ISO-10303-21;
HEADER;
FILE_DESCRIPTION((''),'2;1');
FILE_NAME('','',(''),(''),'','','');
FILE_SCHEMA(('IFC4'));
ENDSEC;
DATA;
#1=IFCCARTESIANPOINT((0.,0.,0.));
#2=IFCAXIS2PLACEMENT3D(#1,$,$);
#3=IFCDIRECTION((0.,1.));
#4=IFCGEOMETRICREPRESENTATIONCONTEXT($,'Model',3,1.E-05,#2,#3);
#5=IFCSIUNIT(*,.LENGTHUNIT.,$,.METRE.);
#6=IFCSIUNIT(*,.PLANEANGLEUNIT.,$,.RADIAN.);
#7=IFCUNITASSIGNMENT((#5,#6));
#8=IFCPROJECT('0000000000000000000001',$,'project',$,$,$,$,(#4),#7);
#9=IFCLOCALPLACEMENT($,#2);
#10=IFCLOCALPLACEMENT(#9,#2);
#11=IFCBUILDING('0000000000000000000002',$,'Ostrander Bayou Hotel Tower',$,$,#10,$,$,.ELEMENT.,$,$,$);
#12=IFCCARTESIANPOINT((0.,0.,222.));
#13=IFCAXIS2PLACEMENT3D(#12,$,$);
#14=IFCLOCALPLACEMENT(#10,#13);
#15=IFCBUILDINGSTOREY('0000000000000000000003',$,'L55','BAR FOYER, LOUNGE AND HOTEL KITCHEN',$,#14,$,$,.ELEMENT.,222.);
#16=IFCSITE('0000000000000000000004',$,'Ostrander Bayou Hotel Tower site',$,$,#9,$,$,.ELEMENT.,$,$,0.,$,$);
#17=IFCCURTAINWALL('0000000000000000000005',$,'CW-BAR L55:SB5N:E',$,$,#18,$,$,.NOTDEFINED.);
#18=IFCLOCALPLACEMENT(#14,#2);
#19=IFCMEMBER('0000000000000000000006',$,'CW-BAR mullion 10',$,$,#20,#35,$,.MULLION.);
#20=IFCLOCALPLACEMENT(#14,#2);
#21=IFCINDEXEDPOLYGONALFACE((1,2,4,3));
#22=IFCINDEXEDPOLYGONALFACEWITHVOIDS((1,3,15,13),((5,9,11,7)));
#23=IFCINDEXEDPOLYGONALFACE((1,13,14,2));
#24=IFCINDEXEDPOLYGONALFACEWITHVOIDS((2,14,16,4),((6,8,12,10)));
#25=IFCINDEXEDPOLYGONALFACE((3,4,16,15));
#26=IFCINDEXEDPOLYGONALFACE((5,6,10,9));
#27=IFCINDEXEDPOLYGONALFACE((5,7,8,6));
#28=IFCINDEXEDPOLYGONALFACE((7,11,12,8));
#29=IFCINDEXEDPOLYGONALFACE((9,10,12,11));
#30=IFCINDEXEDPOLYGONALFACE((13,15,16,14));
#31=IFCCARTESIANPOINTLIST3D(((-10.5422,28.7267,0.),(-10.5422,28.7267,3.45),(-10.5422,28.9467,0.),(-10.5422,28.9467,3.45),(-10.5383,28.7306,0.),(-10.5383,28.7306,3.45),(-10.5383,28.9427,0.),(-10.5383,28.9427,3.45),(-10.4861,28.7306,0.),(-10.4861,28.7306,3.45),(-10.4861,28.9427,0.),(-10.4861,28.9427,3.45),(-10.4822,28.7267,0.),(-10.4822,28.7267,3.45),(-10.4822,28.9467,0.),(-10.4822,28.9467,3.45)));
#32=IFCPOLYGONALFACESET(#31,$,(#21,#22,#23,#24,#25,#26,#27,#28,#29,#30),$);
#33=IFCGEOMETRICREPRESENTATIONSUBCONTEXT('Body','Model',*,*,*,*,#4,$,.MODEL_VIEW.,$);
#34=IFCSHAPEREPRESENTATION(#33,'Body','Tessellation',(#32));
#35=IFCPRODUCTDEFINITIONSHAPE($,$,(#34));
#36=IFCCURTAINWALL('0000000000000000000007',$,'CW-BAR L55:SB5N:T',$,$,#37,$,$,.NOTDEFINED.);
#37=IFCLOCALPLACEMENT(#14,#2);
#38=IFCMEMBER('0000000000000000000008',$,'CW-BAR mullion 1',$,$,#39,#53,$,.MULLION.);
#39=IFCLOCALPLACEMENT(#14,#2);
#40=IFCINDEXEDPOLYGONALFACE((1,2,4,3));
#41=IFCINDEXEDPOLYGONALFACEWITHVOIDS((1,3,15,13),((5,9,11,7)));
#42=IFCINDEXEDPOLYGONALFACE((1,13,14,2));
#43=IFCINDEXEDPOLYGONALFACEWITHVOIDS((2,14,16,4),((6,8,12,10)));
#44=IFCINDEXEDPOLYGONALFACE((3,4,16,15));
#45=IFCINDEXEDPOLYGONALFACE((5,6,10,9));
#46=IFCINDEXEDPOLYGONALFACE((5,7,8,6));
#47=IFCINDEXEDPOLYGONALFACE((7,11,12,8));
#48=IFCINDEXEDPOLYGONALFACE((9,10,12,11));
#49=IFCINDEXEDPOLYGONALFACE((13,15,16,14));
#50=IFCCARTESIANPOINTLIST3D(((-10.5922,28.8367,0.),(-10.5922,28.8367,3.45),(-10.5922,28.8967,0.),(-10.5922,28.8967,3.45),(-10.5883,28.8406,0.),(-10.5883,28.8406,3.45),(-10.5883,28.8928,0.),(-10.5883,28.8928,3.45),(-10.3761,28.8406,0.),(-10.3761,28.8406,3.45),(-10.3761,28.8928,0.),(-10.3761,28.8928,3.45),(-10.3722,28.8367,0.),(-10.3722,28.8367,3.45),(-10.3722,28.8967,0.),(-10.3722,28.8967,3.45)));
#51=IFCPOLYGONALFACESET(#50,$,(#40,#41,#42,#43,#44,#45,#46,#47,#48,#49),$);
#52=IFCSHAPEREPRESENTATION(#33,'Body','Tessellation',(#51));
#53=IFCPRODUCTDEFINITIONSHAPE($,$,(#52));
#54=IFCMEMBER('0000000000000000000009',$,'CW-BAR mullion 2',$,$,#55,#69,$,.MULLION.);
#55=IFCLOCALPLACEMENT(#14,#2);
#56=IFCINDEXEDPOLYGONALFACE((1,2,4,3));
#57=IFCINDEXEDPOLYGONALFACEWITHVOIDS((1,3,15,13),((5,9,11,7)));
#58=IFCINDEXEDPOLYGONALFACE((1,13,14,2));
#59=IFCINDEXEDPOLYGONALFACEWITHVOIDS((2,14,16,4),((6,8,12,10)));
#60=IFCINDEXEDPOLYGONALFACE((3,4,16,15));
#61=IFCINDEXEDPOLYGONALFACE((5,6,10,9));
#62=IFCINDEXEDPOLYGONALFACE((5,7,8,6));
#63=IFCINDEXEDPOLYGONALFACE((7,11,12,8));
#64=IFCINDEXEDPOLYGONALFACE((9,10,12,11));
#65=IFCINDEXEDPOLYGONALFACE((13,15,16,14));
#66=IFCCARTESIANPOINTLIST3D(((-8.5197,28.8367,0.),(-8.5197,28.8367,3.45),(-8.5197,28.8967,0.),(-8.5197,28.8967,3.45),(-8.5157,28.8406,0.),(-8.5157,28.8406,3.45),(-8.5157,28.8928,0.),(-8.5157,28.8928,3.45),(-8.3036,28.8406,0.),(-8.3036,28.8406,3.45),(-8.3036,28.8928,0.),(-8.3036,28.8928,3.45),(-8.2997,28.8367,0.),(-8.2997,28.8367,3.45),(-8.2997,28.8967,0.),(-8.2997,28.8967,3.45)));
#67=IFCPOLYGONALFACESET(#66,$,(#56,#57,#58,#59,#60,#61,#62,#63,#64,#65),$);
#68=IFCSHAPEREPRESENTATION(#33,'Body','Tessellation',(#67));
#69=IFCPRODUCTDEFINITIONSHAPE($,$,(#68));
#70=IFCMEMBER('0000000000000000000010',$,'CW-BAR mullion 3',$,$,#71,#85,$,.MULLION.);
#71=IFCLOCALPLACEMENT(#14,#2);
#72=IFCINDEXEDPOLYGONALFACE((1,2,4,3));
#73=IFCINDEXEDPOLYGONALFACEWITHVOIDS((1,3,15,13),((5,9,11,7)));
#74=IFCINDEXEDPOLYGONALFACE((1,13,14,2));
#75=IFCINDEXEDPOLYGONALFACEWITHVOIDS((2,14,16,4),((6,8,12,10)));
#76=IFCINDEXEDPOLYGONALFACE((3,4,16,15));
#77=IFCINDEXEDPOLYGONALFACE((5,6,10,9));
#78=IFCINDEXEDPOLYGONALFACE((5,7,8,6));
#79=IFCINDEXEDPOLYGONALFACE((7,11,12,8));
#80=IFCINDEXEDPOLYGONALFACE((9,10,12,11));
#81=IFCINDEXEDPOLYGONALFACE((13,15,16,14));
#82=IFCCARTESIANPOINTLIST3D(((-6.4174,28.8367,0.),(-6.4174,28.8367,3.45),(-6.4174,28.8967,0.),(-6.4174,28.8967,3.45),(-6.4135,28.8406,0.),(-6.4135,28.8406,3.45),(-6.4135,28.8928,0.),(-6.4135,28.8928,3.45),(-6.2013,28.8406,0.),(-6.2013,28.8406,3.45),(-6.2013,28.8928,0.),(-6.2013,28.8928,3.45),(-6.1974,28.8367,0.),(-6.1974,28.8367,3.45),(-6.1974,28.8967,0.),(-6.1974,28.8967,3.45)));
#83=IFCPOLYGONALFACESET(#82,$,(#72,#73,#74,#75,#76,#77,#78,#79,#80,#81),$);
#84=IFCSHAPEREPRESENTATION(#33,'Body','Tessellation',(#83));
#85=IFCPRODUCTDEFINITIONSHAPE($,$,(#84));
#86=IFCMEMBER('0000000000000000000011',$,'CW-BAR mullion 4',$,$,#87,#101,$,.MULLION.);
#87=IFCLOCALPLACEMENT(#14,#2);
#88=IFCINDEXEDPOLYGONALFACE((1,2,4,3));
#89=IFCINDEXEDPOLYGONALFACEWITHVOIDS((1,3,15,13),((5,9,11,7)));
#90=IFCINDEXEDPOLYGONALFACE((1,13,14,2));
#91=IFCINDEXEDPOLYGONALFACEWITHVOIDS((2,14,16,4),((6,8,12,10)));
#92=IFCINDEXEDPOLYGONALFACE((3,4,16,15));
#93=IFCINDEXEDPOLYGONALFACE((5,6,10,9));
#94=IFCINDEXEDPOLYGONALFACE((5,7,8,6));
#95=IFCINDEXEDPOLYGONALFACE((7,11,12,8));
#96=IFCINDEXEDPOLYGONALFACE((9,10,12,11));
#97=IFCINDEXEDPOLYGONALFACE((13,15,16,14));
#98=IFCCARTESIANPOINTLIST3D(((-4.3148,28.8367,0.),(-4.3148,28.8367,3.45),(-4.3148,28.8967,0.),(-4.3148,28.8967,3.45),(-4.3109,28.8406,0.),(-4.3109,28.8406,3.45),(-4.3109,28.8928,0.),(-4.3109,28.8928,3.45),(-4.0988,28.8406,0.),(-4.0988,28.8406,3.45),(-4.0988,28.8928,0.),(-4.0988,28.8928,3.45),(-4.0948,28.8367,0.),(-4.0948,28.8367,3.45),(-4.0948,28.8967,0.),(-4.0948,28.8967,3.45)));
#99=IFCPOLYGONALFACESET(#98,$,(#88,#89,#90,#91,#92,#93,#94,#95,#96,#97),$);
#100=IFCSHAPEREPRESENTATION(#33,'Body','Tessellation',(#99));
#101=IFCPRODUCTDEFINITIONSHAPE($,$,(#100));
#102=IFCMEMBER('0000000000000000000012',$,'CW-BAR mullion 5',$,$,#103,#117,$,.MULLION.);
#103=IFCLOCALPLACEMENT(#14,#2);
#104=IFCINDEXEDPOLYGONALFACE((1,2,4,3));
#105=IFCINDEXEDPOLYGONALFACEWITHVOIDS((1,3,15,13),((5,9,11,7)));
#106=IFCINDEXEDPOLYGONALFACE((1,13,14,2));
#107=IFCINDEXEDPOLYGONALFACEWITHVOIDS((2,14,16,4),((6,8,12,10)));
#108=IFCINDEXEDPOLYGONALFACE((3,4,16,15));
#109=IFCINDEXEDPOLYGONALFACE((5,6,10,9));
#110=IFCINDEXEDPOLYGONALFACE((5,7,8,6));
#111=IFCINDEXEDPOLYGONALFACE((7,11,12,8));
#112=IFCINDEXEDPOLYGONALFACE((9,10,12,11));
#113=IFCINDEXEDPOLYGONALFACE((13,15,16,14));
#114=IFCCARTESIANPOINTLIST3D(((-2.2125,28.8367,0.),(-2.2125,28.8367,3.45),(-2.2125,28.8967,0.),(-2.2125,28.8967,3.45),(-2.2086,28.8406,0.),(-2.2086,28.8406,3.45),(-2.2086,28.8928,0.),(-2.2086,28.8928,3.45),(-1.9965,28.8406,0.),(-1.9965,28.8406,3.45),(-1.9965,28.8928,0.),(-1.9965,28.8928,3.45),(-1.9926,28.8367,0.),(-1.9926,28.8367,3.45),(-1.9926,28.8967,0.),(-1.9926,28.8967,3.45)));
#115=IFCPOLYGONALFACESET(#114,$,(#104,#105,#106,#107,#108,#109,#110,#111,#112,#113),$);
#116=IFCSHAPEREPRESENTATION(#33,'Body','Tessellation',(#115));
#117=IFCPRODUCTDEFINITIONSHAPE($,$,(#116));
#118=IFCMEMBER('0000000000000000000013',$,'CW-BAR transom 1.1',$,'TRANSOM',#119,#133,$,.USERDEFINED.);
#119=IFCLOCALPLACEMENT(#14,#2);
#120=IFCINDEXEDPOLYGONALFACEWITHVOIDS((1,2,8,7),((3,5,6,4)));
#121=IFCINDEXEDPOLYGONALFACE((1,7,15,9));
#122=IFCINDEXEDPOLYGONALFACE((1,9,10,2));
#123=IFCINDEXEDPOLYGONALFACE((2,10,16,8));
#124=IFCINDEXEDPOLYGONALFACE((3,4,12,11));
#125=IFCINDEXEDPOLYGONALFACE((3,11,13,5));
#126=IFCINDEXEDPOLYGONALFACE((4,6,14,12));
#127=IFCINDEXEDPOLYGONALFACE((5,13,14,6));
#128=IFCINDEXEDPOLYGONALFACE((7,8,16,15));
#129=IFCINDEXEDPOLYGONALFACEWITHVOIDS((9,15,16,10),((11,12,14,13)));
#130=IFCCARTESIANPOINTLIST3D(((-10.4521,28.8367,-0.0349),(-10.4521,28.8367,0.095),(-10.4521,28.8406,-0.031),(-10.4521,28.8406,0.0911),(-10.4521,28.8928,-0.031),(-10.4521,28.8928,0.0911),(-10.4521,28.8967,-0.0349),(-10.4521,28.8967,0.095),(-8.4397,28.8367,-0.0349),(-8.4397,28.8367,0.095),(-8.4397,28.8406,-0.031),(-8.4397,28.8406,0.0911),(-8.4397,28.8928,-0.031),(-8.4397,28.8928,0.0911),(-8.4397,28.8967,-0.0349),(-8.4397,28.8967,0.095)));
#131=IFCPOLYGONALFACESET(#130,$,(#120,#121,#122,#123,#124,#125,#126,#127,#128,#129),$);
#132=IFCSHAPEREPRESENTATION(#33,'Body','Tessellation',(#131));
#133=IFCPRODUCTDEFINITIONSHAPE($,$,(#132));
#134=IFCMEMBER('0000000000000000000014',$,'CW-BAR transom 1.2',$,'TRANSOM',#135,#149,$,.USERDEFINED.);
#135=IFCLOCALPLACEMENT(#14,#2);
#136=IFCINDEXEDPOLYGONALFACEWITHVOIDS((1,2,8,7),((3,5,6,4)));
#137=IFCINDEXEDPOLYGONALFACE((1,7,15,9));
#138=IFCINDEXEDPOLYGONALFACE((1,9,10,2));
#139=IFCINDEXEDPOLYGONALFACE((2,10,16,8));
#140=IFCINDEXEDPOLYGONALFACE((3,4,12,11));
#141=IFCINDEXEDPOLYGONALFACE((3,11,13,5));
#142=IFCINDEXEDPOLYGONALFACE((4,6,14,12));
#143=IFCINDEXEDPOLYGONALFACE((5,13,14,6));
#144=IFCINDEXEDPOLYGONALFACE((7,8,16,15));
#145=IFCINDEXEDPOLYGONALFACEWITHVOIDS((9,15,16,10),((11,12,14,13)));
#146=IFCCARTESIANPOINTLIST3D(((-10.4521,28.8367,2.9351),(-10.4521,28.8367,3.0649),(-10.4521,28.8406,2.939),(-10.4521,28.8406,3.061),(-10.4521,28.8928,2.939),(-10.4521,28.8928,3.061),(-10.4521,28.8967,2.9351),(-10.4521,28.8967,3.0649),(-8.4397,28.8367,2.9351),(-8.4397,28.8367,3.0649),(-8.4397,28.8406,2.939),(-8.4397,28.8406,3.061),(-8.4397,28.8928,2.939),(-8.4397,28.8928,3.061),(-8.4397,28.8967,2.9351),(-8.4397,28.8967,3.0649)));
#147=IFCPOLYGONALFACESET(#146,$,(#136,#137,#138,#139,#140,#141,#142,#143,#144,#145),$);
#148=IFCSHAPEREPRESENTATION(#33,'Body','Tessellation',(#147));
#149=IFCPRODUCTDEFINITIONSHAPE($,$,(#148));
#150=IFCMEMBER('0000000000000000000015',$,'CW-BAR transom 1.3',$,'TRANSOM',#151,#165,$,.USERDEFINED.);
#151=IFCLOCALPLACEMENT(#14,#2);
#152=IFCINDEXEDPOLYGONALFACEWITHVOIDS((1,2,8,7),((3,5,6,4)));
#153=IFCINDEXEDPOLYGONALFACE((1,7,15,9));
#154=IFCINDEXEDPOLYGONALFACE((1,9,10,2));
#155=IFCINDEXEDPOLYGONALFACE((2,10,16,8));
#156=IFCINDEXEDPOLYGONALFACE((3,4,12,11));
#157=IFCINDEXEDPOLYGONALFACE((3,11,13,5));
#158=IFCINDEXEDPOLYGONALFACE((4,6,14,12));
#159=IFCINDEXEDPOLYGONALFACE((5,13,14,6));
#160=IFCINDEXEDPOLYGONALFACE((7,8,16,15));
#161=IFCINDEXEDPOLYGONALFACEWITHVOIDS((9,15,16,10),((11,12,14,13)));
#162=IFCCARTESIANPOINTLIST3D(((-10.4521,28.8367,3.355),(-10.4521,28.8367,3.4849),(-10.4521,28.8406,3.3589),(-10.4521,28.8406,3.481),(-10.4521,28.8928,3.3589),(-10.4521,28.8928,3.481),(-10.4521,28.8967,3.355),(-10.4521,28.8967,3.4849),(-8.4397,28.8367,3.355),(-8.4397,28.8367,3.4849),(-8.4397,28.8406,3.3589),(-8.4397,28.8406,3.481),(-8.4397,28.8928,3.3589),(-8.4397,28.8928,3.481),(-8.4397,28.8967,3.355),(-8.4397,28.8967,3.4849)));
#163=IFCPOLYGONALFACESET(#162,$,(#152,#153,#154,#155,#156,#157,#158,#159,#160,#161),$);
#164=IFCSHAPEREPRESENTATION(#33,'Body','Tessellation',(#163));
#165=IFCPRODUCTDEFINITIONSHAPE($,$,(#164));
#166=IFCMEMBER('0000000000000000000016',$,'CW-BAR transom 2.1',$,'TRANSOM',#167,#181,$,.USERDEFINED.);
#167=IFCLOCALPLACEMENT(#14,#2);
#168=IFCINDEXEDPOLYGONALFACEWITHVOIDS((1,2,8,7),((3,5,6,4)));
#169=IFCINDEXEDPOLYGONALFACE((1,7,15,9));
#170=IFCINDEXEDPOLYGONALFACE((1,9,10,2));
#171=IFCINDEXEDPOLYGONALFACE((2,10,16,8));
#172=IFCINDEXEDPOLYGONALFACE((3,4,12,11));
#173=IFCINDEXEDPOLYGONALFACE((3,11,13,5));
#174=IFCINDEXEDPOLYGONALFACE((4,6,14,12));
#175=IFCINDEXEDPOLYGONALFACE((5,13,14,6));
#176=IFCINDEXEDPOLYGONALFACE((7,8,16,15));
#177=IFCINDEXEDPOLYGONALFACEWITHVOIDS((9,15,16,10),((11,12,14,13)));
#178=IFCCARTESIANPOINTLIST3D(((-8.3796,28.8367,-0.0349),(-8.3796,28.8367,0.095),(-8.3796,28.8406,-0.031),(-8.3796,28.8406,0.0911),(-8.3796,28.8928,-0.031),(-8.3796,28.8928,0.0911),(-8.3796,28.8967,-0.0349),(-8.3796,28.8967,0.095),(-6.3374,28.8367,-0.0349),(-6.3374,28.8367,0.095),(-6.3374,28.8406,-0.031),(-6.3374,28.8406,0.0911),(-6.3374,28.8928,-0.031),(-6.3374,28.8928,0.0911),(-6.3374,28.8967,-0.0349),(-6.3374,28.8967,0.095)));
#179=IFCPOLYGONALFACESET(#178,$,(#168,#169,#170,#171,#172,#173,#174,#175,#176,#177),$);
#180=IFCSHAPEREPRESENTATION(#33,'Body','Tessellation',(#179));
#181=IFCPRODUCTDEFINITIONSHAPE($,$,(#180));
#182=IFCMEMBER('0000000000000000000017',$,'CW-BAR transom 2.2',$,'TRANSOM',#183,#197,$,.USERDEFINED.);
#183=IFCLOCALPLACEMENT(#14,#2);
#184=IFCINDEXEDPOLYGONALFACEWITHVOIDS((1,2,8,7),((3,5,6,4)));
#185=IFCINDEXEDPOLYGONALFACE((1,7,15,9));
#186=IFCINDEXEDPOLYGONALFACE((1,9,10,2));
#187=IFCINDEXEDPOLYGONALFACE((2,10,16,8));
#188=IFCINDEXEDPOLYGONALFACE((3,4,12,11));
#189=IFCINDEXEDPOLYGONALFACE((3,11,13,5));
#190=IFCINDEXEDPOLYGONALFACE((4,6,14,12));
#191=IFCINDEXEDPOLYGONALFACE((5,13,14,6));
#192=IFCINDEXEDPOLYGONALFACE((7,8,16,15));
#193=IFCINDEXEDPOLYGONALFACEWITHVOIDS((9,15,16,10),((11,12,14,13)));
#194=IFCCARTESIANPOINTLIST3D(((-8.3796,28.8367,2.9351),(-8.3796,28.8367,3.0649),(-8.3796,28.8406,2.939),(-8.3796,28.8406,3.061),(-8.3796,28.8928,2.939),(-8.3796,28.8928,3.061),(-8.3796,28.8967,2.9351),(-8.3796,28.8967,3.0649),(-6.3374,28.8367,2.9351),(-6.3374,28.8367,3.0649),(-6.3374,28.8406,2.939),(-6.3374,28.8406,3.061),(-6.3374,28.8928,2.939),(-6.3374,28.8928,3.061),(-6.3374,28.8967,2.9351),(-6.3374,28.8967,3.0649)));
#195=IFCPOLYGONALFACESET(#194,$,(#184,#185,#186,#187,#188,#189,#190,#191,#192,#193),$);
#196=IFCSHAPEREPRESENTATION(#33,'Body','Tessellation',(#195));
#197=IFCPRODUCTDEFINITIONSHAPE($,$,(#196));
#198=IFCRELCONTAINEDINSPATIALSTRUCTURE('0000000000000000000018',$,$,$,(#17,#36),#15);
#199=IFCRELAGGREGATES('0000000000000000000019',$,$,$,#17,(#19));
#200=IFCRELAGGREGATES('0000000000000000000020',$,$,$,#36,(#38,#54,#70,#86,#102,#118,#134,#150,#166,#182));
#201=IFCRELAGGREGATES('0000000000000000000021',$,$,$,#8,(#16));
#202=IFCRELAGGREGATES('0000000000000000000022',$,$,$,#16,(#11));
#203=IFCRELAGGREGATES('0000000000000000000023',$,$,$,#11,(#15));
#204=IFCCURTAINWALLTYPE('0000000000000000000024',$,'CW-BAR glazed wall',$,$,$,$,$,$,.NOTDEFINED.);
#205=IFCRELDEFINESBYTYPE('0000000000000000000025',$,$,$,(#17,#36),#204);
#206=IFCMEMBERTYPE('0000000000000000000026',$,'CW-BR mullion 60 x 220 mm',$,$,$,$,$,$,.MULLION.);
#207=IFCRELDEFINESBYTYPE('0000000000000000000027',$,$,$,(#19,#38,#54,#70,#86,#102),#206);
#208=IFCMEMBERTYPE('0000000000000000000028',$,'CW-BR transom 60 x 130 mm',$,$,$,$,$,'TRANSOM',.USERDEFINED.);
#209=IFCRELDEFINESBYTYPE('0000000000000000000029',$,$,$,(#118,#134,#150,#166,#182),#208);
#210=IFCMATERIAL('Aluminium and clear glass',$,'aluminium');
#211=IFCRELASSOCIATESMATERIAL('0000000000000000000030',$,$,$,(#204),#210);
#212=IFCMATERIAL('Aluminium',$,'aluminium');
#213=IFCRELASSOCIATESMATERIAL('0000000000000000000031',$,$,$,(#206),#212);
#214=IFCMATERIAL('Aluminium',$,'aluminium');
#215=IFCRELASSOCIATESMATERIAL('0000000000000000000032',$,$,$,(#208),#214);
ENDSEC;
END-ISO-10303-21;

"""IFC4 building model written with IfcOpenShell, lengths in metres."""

from ifc_helpers import new_model, si_unit, direction, frame, origin, origin_2d, place, context, subcontext, project, spatial, hollow_rectangle, extrude, material, material_profile, profile_set, type_object, element, aggregate, save


model = new_model("IFC4")

# Units and contexts
model_context = context("Model", 3, precision=1e-05, world=origin(), true_north=direction((0.0, 1.0)))
body_context = subcontext(model_context, "Body", "Model", "MODEL_VIEW")
ifc_project = project(units=[si_unit("LENGTHUNIT", "METRE"), si_unit("PLANEANGLEUNIT", "RADIAN")], contexts=[model_context])

# Site, building, storey
site_placement = place(None, origin())
site = spatial("IfcSite", under=ifc_project, at=site_placement, Name="Ostrander Bayou Hotel Tower site", CompositionType="ELEMENT", RefElevation=0.0)
building_placement = place(site_placement, origin())
building = spatial("IfcBuilding", under=site, at=building_placement, Name="Ostrander Bayou Hotel Tower", CompositionType="ELEMENT")
storey_placement = place(building_placement, frame((0.0, 0.0, 222.0)))
storey = spatial("IfcBuildingStorey", under=building, at=storey_placement, Name="L55", Description="BAR FOYER, LOUNGE AND HOTEL KITCHEN", CompositionType="ELEMENT", Elevation=222.0)

# Curtain wall, member
ifc_material_1 = material(Name="Aluminium and clear glass", Category="aluminium")
curtain_wall_type = type_object("IfcCurtainWallType", Name="CW-BAR glazed wall", PredefinedType="NOTDEFINED", material=ifc_material_1)
curtain_wall_1_placement = place(storey_placement, origin())
curtain_wall_1 = element("IfcCurtainWall", 1, at=curtain_wall_1_placement, inside=storey, type_object=curtain_wall_type, Name="CW-BAR L55:SB5N:E", PredefinedType="NOTDEFINED")
ifc_material_2 = material(Name="Aluminium", Category="aluminium")
ifc_material_profile_1 = material_profile(ifc_material_2, hollow_rectangle(XDim=0.0601, YDim=0.22, WallThickness=0.0039, at=origin_2d()))
ifc_profile_set_1 = profile_set([ifc_material_profile_1], Name="Aluminium")
member_type_1 = type_object("IfcMemberType", Name="CW-BR mullion 60 x 220 mm", PredefinedType="MULLION", material=ifc_profile_set_1)
member_1_placement = place(storey_placement, frame((-10.5122, 28.8367, 0.0), z_axis=(0.0, 0.0, 1.0), x_axis=(-1.0, 0.0, 0.0)))
member_1 = element("IfcMember", 2, at=member_1_placement, type_object=member_type_1, Name="CW-BAR mullion 10", PredefinedType="MULLION", context=body_context, shape_type="SweptSolid", body=[
    extrude(hollow_rectangle(XDim=0.0601, YDim=0.22, WallThickness=0.0039, at=origin_2d()), origin(), (0.0, 0.0, 1.0), 3.45),
])
aggregate(curtain_wall_1, [member_1])

# Curtain wall, members
curtain_wall_2_placement = place(storey_placement, origin())
curtain_wall_2 = element("IfcCurtainWall", 3, at=curtain_wall_2_placement, inside=storey, type_object=curtain_wall_type, Name="CW-BAR L55:SB5N:T", PredefinedType="NOTDEFINED")
member_2_placement = place(storey_placement, frame((-10.4822, 28.8667, 0.0), z_axis=(0.0, 0.0, 1.0), x_axis=(0.0, 1.0, 0.0)))
member_2 = element("IfcMember", 4, at=member_2_placement, type_object=member_type_1, Name="CW-BAR mullion 1", PredefinedType="MULLION", context=body_context, shape_type="SweptSolid", body=[
    extrude(hollow_rectangle(XDim=0.0601, YDim=0.22, WallThickness=0.0039, at=origin_2d()), origin(), (0.0, 0.0, 1.0), 3.45),
])
member_3_placement = place(storey_placement, frame((-8.4097, 28.8667, 0.0), z_axis=(0.0, 0.0, 1.0), x_axis=(0.0, 1.0, 0.0)))
member_3 = element("IfcMember", 5, at=member_3_placement, type_object=member_type_1, Name="CW-BAR mullion 2", PredefinedType="MULLION", context=body_context, shape_type="SweptSolid", body=[
    extrude(hollow_rectangle(XDim=0.0601, YDim=0.22, WallThickness=0.0039, at=origin_2d()), origin(), (0.0, 0.0, 1.0), 3.45),
])
member_4_placement = place(storey_placement, frame((-6.3074, 28.8667, 0.0), z_axis=(0.0, 0.0, 1.0), x_axis=(0.0, 1.0, 0.0)))
member_4 = element("IfcMember", 6, at=member_4_placement, type_object=member_type_1, Name="CW-BAR mullion 3", PredefinedType="MULLION", context=body_context, shape_type="SweptSolid", body=[
    extrude(hollow_rectangle(XDim=0.0601, YDim=0.22, WallThickness=0.0039, at=origin_2d()), origin(), (0.0, 0.0, 1.0), 3.45),
])
member_5_placement = place(storey_placement, frame((-4.2048, 28.8667, 0.0), z_axis=(0.0, 0.0, 1.0), x_axis=(0.0, 1.0, 0.0)))
member_5 = element("IfcMember", 7, at=member_5_placement, type_object=member_type_1, Name="CW-BAR mullion 4", PredefinedType="MULLION", context=body_context, shape_type="SweptSolid", body=[
    extrude(hollow_rectangle(XDim=0.0601, YDim=0.22, WallThickness=0.0039, at=origin_2d()), origin(), (0.0, 0.0, 1.0), 3.45),
])
member_6_placement = place(storey_placement, frame((-2.1025, 28.8667, 0.0), z_axis=(0.0, 0.0, 1.0), x_axis=(0.0, 1.0, 0.0)))
member_6 = element("IfcMember", 8, at=member_6_placement, type_object=member_type_1, Name="CW-BAR mullion 5", PredefinedType="MULLION", context=body_context, shape_type="SweptSolid", body=[
    extrude(hollow_rectangle(XDim=0.0601, YDim=0.22, WallThickness=0.0039, at=origin_2d()), origin(), (0.0, 0.0, 1.0), 3.45),
])
ifc_material_3 = material(Name="Aluminium", Category="aluminium")
ifc_material_profile_2 = material_profile(ifc_material_3, hollow_rectangle(XDim=0.0601, YDim=0.1299, WallThickness=0.0039, at=origin_2d()))
ifc_profile_set_2 = profile_set([ifc_material_profile_2], Name="Aluminium")
member_type_2 = type_object("IfcMemberType", Name="CW-BR transom 60 x 130 mm", ElementType="TRANSOM", PredefinedType="USERDEFINED", material=ifc_profile_set_2)
member_7_placement = place(storey_placement, frame((-10.4521, 28.8667, 0.03), z_axis=(1.0, 0.0, 0.0), x_axis=(0.0, 1.0, 0.0)))
member_7 = element("IfcMember", 9, at=member_7_placement, type_object=member_type_2, Name="CW-BAR transom 1.1", ObjectType="TRANSOM", PredefinedType="USERDEFINED", context=body_context, shape_type="SweptSolid", body=[
    extrude(hollow_rectangle(XDim=0.0601, YDim=0.1299, WallThickness=0.0039, at=origin_2d()), origin(), (0.0, 0.0, 1.0), 2.0125),
])
member_8_placement = place(storey_placement, frame((-10.4521, 28.8667, 3.0), z_axis=(1.0, 0.0, 0.0), x_axis=(0.0, 1.0, 0.0)))
member_8 = element("IfcMember", 10, at=member_8_placement, type_object=member_type_2, Name="CW-BAR transom 1.2", ObjectType="TRANSOM", PredefinedType="USERDEFINED", context=body_context, shape_type="SweptSolid", body=[
    extrude(hollow_rectangle(XDim=0.0601, YDim=0.1299, WallThickness=0.0039, at=origin_2d()), origin(), (0.0, 0.0, 1.0), 2.0125),
])
member_9_placement = place(storey_placement, frame((-10.4521, 28.8667, 3.4199), z_axis=(1.0, 0.0, 0.0), x_axis=(0.0, 1.0, 0.0)))
member_9 = element("IfcMember", 11, at=member_9_placement, type_object=member_type_2, Name="CW-BAR transom 1.3", ObjectType="TRANSOM", PredefinedType="USERDEFINED", context=body_context, shape_type="SweptSolid", body=[
    extrude(hollow_rectangle(XDim=0.0601, YDim=0.1299, WallThickness=0.0039, at=origin_2d()), origin(), (0.0, 0.0, 1.0), 2.0125),
])
member_10_placement = place(storey_placement, frame((-8.3796, 28.8667, 0.03), z_axis=(1.0, 0.0, 0.0), x_axis=(0.0, 1.0, 0.0)))
member_10 = element("IfcMember", 12, at=member_10_placement, type_object=member_type_2, Name="CW-BAR transom 2.1", ObjectType="TRANSOM", PredefinedType="USERDEFINED", context=body_context, shape_type="SweptSolid", body=[
    extrude(hollow_rectangle(XDim=0.0601, YDim=0.1299, WallThickness=0.0039, at=origin_2d()), origin(), (0.0, 0.0, 1.0), 2.0422),
])
member_11_placement = place(storey_placement, frame((-8.3796, 28.8667, 3.0), z_axis=(1.0, 0.0, 0.0), x_axis=(0.0, 1.0, 0.0)))
member_11 = element("IfcMember", 13, at=member_11_placement, type_object=member_type_2, Name="CW-BAR transom 2.2", ObjectType="TRANSOM", PredefinedType="USERDEFINED", context=body_context, shape_type="SweptSolid", body=[
    extrude(hollow_rectangle(XDim=0.0601, YDim=0.1299, WallThickness=0.0039, at=origin_2d()), origin(), (0.0, 0.0, 1.0), 2.0422),
])

aggregate(curtain_wall_2, [member_2, member_3, member_4, member_5, member_6, member_7, member_8, member_9, member_10, member_11])

save(model, "model.ifc")
